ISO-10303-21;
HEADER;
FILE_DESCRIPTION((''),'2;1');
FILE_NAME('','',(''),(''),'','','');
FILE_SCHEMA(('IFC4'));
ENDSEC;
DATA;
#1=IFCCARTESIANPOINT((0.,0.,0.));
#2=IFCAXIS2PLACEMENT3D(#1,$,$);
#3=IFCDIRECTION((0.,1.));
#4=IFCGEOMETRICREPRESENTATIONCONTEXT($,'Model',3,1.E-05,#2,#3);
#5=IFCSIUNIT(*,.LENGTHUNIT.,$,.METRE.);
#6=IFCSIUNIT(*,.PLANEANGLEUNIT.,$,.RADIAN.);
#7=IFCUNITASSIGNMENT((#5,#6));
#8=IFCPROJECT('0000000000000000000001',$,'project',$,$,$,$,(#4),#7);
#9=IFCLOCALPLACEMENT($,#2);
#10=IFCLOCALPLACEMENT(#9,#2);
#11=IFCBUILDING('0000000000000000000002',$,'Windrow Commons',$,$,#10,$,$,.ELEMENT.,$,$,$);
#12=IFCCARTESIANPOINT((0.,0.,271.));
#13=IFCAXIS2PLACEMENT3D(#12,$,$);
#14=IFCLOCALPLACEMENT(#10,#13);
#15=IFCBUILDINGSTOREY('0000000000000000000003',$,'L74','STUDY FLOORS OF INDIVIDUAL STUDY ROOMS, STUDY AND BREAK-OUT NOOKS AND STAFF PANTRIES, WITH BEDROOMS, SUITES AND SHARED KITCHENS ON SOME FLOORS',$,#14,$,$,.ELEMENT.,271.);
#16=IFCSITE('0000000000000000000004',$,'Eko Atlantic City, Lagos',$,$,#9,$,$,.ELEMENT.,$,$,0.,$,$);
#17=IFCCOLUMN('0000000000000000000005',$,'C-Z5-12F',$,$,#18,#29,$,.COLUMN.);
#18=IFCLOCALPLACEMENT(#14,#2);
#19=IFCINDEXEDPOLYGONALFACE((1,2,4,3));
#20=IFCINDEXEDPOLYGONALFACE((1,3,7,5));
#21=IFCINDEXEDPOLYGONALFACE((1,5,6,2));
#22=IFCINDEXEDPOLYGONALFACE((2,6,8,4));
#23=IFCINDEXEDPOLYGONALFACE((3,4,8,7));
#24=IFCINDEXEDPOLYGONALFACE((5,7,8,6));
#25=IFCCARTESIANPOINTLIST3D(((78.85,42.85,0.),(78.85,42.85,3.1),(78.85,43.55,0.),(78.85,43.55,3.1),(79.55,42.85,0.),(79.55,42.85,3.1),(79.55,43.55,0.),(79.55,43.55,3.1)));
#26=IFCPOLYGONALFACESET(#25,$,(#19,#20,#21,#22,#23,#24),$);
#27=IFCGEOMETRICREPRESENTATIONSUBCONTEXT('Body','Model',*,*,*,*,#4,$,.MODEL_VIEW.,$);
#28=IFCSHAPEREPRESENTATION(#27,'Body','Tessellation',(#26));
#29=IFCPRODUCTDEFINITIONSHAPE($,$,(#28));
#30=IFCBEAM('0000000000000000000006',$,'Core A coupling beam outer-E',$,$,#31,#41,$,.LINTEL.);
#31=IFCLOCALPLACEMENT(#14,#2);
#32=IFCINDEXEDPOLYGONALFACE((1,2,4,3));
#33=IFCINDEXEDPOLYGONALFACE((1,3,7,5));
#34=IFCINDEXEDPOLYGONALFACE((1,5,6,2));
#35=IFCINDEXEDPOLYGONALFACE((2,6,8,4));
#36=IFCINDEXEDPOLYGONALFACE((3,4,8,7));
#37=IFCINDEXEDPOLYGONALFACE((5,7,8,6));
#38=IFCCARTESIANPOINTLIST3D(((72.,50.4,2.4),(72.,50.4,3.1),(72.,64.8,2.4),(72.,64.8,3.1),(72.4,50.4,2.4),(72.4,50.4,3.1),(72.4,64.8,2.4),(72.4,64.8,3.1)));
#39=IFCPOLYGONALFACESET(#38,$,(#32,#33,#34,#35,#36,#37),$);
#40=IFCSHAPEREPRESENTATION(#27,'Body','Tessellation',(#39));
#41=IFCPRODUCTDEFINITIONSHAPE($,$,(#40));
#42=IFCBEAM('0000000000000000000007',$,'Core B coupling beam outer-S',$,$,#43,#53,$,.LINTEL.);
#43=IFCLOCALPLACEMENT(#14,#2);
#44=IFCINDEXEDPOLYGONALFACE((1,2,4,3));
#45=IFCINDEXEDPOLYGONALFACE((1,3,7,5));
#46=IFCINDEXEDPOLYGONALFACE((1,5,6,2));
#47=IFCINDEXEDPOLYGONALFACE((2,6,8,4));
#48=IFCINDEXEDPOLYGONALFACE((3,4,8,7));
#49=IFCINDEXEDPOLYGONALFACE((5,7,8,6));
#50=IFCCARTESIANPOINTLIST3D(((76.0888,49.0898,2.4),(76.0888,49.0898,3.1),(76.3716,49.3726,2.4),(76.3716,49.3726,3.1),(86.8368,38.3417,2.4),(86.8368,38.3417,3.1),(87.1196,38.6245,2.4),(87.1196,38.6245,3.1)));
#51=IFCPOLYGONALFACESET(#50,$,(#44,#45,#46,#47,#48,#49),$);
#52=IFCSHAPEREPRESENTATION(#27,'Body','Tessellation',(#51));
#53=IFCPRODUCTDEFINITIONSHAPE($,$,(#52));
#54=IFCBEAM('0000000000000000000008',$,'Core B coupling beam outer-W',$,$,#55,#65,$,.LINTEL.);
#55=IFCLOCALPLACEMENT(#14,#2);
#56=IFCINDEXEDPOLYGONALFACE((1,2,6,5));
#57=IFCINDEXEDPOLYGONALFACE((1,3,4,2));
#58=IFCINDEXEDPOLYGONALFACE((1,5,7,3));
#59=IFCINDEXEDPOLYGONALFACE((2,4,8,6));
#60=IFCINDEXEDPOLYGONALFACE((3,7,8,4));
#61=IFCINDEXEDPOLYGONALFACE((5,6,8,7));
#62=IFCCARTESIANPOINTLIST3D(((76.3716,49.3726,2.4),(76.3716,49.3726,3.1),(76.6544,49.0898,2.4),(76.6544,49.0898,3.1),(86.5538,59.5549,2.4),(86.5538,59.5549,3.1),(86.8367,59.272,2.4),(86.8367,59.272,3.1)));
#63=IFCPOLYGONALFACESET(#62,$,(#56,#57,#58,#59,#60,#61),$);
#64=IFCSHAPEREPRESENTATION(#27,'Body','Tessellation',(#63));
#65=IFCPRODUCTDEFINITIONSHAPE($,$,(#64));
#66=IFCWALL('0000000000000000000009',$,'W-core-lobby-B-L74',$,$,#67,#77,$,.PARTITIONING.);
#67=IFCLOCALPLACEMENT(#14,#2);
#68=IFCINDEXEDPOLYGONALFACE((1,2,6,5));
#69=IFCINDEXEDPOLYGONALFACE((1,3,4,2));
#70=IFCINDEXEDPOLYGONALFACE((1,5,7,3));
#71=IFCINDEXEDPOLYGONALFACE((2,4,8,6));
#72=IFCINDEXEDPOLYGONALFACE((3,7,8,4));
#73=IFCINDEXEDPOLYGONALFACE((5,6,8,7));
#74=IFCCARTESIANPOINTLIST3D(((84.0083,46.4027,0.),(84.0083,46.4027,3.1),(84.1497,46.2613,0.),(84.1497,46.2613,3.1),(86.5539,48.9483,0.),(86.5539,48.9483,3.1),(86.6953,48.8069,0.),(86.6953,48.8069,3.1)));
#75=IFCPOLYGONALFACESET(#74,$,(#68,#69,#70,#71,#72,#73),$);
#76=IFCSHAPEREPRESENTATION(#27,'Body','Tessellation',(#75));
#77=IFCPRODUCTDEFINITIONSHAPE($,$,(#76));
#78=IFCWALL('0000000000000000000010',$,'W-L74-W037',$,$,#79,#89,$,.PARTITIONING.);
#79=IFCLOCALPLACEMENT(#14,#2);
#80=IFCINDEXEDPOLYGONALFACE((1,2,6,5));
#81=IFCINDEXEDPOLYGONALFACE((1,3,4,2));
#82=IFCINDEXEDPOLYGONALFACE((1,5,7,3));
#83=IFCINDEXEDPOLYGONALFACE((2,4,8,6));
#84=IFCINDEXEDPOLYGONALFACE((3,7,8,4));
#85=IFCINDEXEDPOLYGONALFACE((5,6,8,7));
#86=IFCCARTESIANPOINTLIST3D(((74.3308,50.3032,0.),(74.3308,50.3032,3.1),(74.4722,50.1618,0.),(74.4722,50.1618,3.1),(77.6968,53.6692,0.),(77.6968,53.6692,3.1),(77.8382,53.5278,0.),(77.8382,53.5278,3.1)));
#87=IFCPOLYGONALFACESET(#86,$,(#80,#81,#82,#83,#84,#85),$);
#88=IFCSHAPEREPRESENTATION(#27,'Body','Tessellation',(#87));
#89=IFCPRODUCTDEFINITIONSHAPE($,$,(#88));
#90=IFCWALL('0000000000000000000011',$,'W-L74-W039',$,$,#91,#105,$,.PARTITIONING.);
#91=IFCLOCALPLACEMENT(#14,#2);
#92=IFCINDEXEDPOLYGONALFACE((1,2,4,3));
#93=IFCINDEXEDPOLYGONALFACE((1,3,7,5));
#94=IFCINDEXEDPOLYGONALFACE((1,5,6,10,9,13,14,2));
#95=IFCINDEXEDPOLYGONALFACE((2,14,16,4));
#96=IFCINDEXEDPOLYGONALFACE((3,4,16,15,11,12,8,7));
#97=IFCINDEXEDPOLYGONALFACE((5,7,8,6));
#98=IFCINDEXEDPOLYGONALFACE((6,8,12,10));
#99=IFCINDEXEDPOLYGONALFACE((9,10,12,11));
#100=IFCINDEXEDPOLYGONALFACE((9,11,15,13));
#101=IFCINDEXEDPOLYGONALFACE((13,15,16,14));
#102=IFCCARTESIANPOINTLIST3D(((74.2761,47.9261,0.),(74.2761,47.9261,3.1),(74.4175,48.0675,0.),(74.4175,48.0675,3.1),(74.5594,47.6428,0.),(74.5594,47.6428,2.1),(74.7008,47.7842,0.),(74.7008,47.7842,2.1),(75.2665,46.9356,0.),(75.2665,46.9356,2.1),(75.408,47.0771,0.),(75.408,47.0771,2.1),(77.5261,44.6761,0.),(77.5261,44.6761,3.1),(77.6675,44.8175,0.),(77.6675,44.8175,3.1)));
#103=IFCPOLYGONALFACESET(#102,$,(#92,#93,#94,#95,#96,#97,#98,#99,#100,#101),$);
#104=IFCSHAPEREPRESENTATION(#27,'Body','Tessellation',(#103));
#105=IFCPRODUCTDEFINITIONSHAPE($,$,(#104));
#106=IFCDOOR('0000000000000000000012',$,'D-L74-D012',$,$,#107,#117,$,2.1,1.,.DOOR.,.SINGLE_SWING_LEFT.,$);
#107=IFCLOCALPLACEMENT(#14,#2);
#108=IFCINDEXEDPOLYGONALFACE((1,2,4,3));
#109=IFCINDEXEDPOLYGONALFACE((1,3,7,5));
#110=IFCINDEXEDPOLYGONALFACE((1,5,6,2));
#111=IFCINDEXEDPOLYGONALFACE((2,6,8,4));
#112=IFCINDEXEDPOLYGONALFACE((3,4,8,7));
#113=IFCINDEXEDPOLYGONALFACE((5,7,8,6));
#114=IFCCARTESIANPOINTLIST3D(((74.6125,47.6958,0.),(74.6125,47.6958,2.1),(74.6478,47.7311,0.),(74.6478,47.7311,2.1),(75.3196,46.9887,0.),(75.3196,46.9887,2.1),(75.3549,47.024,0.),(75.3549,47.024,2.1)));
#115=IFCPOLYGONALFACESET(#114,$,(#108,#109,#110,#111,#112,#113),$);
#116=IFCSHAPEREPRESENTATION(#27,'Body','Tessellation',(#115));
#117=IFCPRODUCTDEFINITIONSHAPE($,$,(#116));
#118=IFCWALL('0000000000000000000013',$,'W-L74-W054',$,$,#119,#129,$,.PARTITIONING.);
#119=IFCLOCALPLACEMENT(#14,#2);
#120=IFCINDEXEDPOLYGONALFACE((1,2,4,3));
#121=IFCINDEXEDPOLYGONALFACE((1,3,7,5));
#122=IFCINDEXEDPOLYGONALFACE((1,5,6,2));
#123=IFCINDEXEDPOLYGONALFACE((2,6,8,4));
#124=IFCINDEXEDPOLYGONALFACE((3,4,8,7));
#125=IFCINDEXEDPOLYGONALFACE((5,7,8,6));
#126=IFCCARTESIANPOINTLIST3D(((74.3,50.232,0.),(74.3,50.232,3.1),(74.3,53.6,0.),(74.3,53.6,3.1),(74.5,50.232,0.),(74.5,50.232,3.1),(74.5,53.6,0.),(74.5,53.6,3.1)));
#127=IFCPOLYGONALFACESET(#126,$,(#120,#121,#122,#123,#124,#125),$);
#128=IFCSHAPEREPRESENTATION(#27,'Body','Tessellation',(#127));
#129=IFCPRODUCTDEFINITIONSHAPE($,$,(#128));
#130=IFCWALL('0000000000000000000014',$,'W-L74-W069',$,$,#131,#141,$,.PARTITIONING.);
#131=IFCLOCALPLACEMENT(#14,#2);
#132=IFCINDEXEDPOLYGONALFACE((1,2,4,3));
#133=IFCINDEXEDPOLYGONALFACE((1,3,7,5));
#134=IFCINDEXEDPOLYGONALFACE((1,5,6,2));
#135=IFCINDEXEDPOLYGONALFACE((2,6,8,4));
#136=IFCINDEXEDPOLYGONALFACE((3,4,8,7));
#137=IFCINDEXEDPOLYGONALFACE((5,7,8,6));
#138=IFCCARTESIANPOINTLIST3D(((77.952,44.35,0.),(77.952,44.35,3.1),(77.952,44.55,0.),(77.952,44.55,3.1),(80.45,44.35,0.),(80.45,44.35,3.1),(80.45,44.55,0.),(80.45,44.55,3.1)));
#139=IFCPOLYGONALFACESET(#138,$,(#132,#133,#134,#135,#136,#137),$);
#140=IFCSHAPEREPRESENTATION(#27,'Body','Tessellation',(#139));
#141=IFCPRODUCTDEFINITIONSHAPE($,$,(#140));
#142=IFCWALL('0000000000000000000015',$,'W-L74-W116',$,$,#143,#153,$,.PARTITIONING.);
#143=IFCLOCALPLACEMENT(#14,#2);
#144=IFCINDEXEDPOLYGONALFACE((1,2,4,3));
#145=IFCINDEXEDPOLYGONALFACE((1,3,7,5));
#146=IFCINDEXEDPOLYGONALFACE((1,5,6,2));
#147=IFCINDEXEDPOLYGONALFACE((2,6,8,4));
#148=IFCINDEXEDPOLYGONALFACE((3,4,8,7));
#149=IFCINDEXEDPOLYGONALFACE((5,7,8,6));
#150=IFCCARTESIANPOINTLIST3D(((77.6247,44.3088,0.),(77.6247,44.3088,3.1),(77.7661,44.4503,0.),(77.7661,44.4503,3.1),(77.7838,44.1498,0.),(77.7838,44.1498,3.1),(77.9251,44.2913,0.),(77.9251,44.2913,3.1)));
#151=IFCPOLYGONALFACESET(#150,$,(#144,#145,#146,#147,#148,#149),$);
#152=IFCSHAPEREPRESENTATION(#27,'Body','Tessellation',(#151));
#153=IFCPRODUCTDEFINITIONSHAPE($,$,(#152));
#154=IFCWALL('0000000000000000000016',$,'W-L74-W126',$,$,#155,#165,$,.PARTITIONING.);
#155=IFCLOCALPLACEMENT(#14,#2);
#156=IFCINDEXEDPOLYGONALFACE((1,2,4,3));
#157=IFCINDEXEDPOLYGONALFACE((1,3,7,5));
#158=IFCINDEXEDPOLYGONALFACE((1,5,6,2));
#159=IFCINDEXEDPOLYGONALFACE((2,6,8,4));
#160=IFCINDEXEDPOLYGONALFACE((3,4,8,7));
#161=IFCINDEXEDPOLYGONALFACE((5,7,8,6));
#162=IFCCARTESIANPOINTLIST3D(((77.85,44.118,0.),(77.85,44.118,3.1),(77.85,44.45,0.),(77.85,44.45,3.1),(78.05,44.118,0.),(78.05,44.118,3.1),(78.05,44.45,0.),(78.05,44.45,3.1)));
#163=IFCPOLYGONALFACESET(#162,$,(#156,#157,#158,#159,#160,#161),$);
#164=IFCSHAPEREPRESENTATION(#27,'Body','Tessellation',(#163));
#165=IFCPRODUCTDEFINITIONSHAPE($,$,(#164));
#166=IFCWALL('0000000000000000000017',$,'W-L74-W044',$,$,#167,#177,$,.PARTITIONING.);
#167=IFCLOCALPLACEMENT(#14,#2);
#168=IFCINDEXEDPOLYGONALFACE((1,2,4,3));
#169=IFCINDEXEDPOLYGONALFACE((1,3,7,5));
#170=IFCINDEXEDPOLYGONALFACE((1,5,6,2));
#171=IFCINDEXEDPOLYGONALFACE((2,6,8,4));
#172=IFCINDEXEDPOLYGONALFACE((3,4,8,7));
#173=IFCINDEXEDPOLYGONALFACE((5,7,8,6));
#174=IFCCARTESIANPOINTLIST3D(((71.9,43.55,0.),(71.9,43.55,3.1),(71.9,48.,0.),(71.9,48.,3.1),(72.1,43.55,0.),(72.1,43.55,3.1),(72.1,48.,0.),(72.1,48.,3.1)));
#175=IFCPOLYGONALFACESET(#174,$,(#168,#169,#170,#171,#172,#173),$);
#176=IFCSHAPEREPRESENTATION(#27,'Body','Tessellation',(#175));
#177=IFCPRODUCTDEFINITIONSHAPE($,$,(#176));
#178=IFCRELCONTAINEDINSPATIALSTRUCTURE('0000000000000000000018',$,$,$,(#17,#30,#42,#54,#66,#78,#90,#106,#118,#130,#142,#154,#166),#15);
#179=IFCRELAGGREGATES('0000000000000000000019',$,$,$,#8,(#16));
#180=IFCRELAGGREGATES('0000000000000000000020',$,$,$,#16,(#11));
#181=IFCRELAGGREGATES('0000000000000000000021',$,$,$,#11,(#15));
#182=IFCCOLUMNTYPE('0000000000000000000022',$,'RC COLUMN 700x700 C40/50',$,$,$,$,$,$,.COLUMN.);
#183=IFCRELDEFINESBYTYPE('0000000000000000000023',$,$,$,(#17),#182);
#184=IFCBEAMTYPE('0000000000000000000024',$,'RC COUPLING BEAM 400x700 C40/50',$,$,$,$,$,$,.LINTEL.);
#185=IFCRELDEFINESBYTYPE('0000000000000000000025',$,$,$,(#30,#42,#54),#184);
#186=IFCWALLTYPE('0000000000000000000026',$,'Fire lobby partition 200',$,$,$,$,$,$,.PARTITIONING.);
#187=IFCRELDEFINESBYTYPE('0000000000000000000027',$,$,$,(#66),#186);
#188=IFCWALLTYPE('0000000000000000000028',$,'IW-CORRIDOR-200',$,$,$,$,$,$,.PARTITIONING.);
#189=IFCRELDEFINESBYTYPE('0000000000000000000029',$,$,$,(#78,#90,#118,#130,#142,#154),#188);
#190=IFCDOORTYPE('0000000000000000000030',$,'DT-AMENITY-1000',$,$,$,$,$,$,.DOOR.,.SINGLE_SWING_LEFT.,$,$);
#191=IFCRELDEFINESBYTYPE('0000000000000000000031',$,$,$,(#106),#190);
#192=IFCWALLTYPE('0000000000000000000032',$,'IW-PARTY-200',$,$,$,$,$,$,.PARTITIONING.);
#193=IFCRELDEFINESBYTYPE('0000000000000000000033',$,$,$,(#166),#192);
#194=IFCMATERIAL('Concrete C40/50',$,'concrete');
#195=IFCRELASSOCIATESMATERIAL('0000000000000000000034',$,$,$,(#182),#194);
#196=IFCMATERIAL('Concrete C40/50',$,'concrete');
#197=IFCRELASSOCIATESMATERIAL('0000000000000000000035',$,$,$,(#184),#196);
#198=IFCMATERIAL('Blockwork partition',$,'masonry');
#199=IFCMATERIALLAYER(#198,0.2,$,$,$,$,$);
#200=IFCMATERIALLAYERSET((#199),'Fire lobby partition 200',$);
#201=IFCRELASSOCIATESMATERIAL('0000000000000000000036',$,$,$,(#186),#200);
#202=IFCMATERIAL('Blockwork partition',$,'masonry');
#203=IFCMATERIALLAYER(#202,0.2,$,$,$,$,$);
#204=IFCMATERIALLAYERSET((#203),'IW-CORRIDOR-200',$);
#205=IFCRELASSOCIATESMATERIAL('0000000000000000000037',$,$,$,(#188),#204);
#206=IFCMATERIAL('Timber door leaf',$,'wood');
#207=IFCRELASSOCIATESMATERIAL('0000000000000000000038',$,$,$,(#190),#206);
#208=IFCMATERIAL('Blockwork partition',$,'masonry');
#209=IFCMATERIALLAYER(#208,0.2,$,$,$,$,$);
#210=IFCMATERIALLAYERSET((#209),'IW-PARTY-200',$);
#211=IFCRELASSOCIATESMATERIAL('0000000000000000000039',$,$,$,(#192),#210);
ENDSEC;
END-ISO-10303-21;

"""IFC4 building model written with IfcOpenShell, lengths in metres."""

from ifc_helpers import new_model, si_unit, direction, frame, frame_2d, origin, origin_2d, place, context, subcontext, project, spatial, rectangle, extrude, material, layer, layer_set, material_profile, profile_set, type_object, element, fill, save


model = new_model("IFC4")

# Units and contexts
model_context = context("Model", 3, precision=1e-05, world=origin(), true_north=direction((0.0, 1.0)))
body_context = subcontext(model_context, "Body", "Model", "MODEL_VIEW")
ifc_project = project(units=[si_unit("LENGTHUNIT", "METRE"), si_unit("PLANEANGLEUNIT", "RADIAN")], contexts=[model_context])

# Site, building, storey
site_placement = place(None, origin())
site = spatial("IfcSite", under=ifc_project, at=site_placement, Name="Eko Atlantic City, Lagos", CompositionType="ELEMENT", RefElevation=0.0)
building_placement = place(site_placement, origin())
building = spatial("IfcBuilding", under=site, at=building_placement, Name="Windrow Commons", CompositionType="ELEMENT")
storey_placement = place(building_placement, frame((0.0, 0.0, 271.0)))
storey = spatial("IfcBuildingStorey", under=building, at=storey_placement, Name="L74", Description="STUDY FLOORS OF INDIVIDUAL STUDY ROOMS, STUDY AND BREAK-OUT NOOKS AND STAFF PANTRIES, WITH BEDROOMS, SUITES AND SHARED KITCHENS ON SOME FLOORS", CompositionType="ELEMENT", Elevation=271.0)

# Column
ifc_material_1 = material(Name="Concrete C40/50", Category="concrete")
ifc_material_profile_1 = material_profile(ifc_material_1, rectangle(XDim=0.7, YDim=0.7, at=origin_2d()))
ifc_profile_set_1 = profile_set([ifc_material_profile_1], Name="Concrete C40/50")
column_type = type_object("IfcColumnType", Name="RC COLUMN 700x700 C40/50", PredefinedType="COLUMN", material=ifc_profile_set_1)
column_placement = place(storey_placement, frame((79.2, 43.2, 0.0), z_axis=(0.0, 0.0, 1.0), x_axis=(1.0, 0.0, 0.0)))
element("IfcColumn", 1, at=column_placement, inside=storey, type_object=column_type, Name="C-Z5-12F", PredefinedType="COLUMN", context=body_context, shape_type="SweptSolid", body=[
    extrude(rectangle(XDim=0.7, YDim=0.7, at=origin_2d()), origin(), (0.0, 0.0, 1.0), 3.1),
])

# Beams
ifc_material_2 = material(Name="Concrete C40/50", Category="concrete")
ifc_material_profile_2 = material_profile(ifc_material_2, rectangle(XDim=0.4, YDim=0.7, at=origin_2d()))
ifc_profile_set_2 = profile_set([ifc_material_profile_2], Name="Concrete C40/50")
beam_type = type_object("IfcBeamType", Name="RC COUPLING BEAM 400x700 C40/50", PredefinedType="LINTEL", material=ifc_profile_set_2)
beam_1_placement = place(storey_placement, frame((72.2, 50.4, 2.75), z_axis=(0.0, 1.0, 0.0), x_axis=(-1.0, 0.0, 0.0)))
element("IfcBeam", 2, at=beam_1_placement, inside=storey, type_object=beam_type, Name="Core A coupling beam outer-E", PredefinedType="LINTEL", context=body_context, shape_type="SweptSolid", body=[
    extrude(rectangle(XDim=0.4, YDim=0.7, at=origin_2d()), origin(), (0.0, 0.0, 1.0), 14.4),
])
beam_2_placement = place(storey_placement, frame((76.2302, 49.2312, 2.75), z_axis=(0.707103, -0.70711, 0.0), x_axis=(0.70711, 0.707103, 0.0)))
element("IfcBeam", 3, at=beam_2_placement, inside=storey, type_object=beam_type, Name="Core B coupling beam outer-S", PredefinedType="LINTEL", context=body_context, shape_type="SweptSolid", body=[
    extrude(rectangle(XDim=0.4, YDim=0.7, at=origin_2d()), origin(), (0.0, 0.0, 1.0), 15.2),
])
beam_3_placement = place(storey_placement, frame((76.513, 49.2312, 2.75), z_axis=(0.707107, 0.707107, 0.0), x_axis=(-0.707107, 0.707107, 0.0)))
element("IfcBeam", 4, at=beam_3_placement, inside=storey, type_object=beam_type, Name="Core B coupling beam outer-W", PredefinedType="LINTEL", context=body_context, shape_type="SweptSolid", body=[
    extrude(rectangle(XDim=0.4, YDim=0.7, at=origin_2d()), origin(), (0.0, 0.0, 1.0), 14.3999),
])

# Walls
ifc_material_3 = material(Name="Blockwork partition", Category="masonry")
ifc_layer_1 = layer(ifc_material_3, 0.2)
ifc_layer_set_1 = layer_set([ifc_layer_1], Name="Fire lobby partition 200")
wall_type_1 = type_object("IfcWallType", Name="Fire lobby partition 200", PredefinedType="PARTITIONING", material=ifc_layer_set_1)
wall_1_placement = place(storey_placement, frame((84.079, 46.332, 0.0), z_axis=(0.0, 0.0, 1.0), x_axis=(0.707107, 0.707107, 0.0)))
element("IfcWall", 5, at=wall_1_placement, inside=storey, type_object=wall_type_1, Name="W-core-lobby-B-L74", PredefinedType="PARTITIONING", context=body_context, shape_type="SweptSolid", body=[
    extrude(rectangle(XDim=3.6, YDim=0.2, at=frame_2d((1.8, 0.0))), origin(), (0.0, 0.0, 1.0), 3.1),
])
ifc_material_4 = material(Name="Blockwork partition", Category="masonry")
ifc_layer_2 = layer(ifc_material_4, 0.2)
ifc_layer_set_2 = layer_set([ifc_layer_2], Name="IW-CORRIDOR-200")
wall_type_2 = type_object("IfcWallType", Name="IW-CORRIDOR-200", PredefinedType="PARTITIONING", material=ifc_layer_set_2)
wall_2_placement = place(storey_placement, frame((74.4015, 50.2325, 0.0), z_axis=(0.0, 0.0, 1.0), x_axis=(0.707107, 0.707107, 0.0)))
element("IfcWall", 6, at=wall_2_placement, inside=storey, type_object=wall_type_2, Name="W-L74-W037", PredefinedType="PARTITIONING", context=body_context, shape_type="SweptSolid", body=[
    extrude(rectangle(XDim=4.7602, YDim=0.2, at=frame_2d((2.3801, 0.0))), origin(), (0.0, 0.0, 1.0), 3.1),
])

# Wall, opening, door
wall_3_placement = place(storey_placement, frame((74.3468, 47.9968, 0.0), z_axis=(0.0, 0.0, 1.0), x_axis=(0.707107, -0.707107, 0.0)))
wall_3 = element("IfcWall", 7, at=wall_3_placement, inside=storey, type_object=wall_type_2, Name="W-L74-W039", PredefinedType="PARTITIONING", context=body_context, shape_type="SweptSolid", body=[
    extrude(rectangle(XDim=4.5962, YDim=0.2, at=frame_2d((2.2981, 0.0))), origin(), (0.0, 0.0, 1.0), 3.1),
])
opening_1_placement = place(wall_3_placement, frame((0.4007, 0.0, 0.0)))
opening_1 = element("IfcOpeningElement", 8, at=opening_1_placement, cuts=wall_3, PredefinedType="OPENING", context=body_context, shape_type="SweptSolid", body=[
    extrude(rectangle(XDim=1.0, YDim=2.1, at=frame_2d((0.5, 1.05))), frame((0.0, 0.11, 0.0), z_axis=(0.0, -1.0, 0.0), x_axis=(1.0, 0.0, 0.0)), (0.0, 0.0, 1.0), 0.22),
])
ifc_material_5 = material(Name="Timber door leaf", Category="wood")
door_type_1 = type_object("IfcDoorType", Name="DT-AMENITY-1000", OperationType="SINGLE_SWING_LEFT", PredefinedType="DOOR", material=ifc_material_5)
door_1_placement = place(opening_1_placement, origin())
door_1 = element("IfcDoor", 9, at=door_1_placement, inside=storey, type_object=door_type_1, Name="D-L74-D012", OperationType="SINGLE_SWING_LEFT", OverallHeight=2.1, OverallWidth=1.0, PredefinedType="DOOR", context=body_context, shape_type="SweptSolid", body=[
    extrude(rectangle(XDim=1.0, YDim=2.1, at=frame_2d((0.5, 1.05))), frame((0.0, 0.025, 0.0), z_axis=(0.0, -1.0, 0.0), x_axis=(1.0, 0.0, 0.0)), (0.0, 0.0, 1.0), 0.05),
])
fill(opening_1, door_1)

# Walls
wall_4_placement = place(storey_placement, frame((74.4, 50.232, 0.0), z_axis=(0.0, 0.0, 1.0), x_axis=(0.0, 1.0, 0.0)))
element("IfcWall", 10, at=wall_4_placement, inside=storey, type_object=wall_type_2, Name="W-L74-W054", PredefinedType="PARTITIONING", context=body_context, shape_type="SweptSolid", body=[
    extrude(rectangle(XDim=3.368, YDim=0.2, at=frame_2d((1.684, 0.0))), origin(), (0.0, 0.0, 1.0), 3.1),
])
wall_5_placement = place(storey_placement, frame((77.952, 44.45, 0.0), z_axis=(0.0, 0.0, 1.0), x_axis=(1.0, 0.0, 0.0)))
element("IfcWall", 11, at=wall_5_placement, inside=storey, type_object=wall_type_2, Name="W-L74-W069", PredefinedType="PARTITIONING", context=body_context, shape_type="SweptSolid", body=[
    extrude(rectangle(XDim=2.498, YDim=0.2, at=frame_2d((1.249, 0.0))), origin(), (0.0, 0.0, 1.0), 3.1),
])
wall_6_placement = place(storey_placement, frame((77.6954, 44.3795, 0.0), z_axis=(0.0, 0.0, 1.0), x_axis=(0.707329, -0.706884, 0.0)))
element("IfcWall", 12, at=wall_6_placement, inside=storey, type_object=wall_type_2, Name="W-L74-W116", PredefinedType="PARTITIONING", context=body_context, shape_type="SweptSolid", body=[
    extrude(rectangle(XDim=0.2249, YDim=0.2, at=frame_2d((0.1124, 0.0))), origin(), (0.0, 0.0, 1.0), 3.1),
])
wall_7_placement = place(storey_placement, frame((77.95, 44.118, 0.0), z_axis=(0.0, 0.0, 1.0), x_axis=(0.0, 1.0, 0.0)))
element("IfcWall", 13, at=wall_7_placement, inside=storey, type_object=wall_type_2, Name="W-L74-W126", PredefinedType="PARTITIONING", context=body_context, shape_type="SweptSolid", body=[
    extrude(rectangle(XDim=0.332, YDim=0.2, at=frame_2d((0.166, 0.0))), origin(), (0.0, 0.0, 1.0), 3.1),
])
ifc_material_6 = material(Name="Blockwork partition", Category="masonry")
ifc_layer_3 = layer(ifc_material_6, 0.2)
ifc_layer_set_3 = layer_set([ifc_layer_3], Name="IW-PARTY-200")
wall_type_3 = type_object("IfcWallType", Name="IW-PARTY-200", PredefinedType="PARTITIONING", material=ifc_layer_set_3)
wall_8_placement = place(storey_placement, frame((72.0, 43.55, 0.0), z_axis=(0.0, 0.0, 1.0), x_axis=(0.0, 1.0, 0.0)))
element("IfcWall", 14, at=wall_8_placement, inside=storey, type_object=wall_type_3, Name="W-L74-W044", PredefinedType="PARTITIONING", context=body_context, shape_type="SweptSolid", body=[
    extrude(rectangle(XDim=4.45, YDim=0.2, at=frame_2d((2.225, 0.0))), origin(), (0.0, 0.0, 1.0), 3.1),
])

save(model, "model.ifc")
